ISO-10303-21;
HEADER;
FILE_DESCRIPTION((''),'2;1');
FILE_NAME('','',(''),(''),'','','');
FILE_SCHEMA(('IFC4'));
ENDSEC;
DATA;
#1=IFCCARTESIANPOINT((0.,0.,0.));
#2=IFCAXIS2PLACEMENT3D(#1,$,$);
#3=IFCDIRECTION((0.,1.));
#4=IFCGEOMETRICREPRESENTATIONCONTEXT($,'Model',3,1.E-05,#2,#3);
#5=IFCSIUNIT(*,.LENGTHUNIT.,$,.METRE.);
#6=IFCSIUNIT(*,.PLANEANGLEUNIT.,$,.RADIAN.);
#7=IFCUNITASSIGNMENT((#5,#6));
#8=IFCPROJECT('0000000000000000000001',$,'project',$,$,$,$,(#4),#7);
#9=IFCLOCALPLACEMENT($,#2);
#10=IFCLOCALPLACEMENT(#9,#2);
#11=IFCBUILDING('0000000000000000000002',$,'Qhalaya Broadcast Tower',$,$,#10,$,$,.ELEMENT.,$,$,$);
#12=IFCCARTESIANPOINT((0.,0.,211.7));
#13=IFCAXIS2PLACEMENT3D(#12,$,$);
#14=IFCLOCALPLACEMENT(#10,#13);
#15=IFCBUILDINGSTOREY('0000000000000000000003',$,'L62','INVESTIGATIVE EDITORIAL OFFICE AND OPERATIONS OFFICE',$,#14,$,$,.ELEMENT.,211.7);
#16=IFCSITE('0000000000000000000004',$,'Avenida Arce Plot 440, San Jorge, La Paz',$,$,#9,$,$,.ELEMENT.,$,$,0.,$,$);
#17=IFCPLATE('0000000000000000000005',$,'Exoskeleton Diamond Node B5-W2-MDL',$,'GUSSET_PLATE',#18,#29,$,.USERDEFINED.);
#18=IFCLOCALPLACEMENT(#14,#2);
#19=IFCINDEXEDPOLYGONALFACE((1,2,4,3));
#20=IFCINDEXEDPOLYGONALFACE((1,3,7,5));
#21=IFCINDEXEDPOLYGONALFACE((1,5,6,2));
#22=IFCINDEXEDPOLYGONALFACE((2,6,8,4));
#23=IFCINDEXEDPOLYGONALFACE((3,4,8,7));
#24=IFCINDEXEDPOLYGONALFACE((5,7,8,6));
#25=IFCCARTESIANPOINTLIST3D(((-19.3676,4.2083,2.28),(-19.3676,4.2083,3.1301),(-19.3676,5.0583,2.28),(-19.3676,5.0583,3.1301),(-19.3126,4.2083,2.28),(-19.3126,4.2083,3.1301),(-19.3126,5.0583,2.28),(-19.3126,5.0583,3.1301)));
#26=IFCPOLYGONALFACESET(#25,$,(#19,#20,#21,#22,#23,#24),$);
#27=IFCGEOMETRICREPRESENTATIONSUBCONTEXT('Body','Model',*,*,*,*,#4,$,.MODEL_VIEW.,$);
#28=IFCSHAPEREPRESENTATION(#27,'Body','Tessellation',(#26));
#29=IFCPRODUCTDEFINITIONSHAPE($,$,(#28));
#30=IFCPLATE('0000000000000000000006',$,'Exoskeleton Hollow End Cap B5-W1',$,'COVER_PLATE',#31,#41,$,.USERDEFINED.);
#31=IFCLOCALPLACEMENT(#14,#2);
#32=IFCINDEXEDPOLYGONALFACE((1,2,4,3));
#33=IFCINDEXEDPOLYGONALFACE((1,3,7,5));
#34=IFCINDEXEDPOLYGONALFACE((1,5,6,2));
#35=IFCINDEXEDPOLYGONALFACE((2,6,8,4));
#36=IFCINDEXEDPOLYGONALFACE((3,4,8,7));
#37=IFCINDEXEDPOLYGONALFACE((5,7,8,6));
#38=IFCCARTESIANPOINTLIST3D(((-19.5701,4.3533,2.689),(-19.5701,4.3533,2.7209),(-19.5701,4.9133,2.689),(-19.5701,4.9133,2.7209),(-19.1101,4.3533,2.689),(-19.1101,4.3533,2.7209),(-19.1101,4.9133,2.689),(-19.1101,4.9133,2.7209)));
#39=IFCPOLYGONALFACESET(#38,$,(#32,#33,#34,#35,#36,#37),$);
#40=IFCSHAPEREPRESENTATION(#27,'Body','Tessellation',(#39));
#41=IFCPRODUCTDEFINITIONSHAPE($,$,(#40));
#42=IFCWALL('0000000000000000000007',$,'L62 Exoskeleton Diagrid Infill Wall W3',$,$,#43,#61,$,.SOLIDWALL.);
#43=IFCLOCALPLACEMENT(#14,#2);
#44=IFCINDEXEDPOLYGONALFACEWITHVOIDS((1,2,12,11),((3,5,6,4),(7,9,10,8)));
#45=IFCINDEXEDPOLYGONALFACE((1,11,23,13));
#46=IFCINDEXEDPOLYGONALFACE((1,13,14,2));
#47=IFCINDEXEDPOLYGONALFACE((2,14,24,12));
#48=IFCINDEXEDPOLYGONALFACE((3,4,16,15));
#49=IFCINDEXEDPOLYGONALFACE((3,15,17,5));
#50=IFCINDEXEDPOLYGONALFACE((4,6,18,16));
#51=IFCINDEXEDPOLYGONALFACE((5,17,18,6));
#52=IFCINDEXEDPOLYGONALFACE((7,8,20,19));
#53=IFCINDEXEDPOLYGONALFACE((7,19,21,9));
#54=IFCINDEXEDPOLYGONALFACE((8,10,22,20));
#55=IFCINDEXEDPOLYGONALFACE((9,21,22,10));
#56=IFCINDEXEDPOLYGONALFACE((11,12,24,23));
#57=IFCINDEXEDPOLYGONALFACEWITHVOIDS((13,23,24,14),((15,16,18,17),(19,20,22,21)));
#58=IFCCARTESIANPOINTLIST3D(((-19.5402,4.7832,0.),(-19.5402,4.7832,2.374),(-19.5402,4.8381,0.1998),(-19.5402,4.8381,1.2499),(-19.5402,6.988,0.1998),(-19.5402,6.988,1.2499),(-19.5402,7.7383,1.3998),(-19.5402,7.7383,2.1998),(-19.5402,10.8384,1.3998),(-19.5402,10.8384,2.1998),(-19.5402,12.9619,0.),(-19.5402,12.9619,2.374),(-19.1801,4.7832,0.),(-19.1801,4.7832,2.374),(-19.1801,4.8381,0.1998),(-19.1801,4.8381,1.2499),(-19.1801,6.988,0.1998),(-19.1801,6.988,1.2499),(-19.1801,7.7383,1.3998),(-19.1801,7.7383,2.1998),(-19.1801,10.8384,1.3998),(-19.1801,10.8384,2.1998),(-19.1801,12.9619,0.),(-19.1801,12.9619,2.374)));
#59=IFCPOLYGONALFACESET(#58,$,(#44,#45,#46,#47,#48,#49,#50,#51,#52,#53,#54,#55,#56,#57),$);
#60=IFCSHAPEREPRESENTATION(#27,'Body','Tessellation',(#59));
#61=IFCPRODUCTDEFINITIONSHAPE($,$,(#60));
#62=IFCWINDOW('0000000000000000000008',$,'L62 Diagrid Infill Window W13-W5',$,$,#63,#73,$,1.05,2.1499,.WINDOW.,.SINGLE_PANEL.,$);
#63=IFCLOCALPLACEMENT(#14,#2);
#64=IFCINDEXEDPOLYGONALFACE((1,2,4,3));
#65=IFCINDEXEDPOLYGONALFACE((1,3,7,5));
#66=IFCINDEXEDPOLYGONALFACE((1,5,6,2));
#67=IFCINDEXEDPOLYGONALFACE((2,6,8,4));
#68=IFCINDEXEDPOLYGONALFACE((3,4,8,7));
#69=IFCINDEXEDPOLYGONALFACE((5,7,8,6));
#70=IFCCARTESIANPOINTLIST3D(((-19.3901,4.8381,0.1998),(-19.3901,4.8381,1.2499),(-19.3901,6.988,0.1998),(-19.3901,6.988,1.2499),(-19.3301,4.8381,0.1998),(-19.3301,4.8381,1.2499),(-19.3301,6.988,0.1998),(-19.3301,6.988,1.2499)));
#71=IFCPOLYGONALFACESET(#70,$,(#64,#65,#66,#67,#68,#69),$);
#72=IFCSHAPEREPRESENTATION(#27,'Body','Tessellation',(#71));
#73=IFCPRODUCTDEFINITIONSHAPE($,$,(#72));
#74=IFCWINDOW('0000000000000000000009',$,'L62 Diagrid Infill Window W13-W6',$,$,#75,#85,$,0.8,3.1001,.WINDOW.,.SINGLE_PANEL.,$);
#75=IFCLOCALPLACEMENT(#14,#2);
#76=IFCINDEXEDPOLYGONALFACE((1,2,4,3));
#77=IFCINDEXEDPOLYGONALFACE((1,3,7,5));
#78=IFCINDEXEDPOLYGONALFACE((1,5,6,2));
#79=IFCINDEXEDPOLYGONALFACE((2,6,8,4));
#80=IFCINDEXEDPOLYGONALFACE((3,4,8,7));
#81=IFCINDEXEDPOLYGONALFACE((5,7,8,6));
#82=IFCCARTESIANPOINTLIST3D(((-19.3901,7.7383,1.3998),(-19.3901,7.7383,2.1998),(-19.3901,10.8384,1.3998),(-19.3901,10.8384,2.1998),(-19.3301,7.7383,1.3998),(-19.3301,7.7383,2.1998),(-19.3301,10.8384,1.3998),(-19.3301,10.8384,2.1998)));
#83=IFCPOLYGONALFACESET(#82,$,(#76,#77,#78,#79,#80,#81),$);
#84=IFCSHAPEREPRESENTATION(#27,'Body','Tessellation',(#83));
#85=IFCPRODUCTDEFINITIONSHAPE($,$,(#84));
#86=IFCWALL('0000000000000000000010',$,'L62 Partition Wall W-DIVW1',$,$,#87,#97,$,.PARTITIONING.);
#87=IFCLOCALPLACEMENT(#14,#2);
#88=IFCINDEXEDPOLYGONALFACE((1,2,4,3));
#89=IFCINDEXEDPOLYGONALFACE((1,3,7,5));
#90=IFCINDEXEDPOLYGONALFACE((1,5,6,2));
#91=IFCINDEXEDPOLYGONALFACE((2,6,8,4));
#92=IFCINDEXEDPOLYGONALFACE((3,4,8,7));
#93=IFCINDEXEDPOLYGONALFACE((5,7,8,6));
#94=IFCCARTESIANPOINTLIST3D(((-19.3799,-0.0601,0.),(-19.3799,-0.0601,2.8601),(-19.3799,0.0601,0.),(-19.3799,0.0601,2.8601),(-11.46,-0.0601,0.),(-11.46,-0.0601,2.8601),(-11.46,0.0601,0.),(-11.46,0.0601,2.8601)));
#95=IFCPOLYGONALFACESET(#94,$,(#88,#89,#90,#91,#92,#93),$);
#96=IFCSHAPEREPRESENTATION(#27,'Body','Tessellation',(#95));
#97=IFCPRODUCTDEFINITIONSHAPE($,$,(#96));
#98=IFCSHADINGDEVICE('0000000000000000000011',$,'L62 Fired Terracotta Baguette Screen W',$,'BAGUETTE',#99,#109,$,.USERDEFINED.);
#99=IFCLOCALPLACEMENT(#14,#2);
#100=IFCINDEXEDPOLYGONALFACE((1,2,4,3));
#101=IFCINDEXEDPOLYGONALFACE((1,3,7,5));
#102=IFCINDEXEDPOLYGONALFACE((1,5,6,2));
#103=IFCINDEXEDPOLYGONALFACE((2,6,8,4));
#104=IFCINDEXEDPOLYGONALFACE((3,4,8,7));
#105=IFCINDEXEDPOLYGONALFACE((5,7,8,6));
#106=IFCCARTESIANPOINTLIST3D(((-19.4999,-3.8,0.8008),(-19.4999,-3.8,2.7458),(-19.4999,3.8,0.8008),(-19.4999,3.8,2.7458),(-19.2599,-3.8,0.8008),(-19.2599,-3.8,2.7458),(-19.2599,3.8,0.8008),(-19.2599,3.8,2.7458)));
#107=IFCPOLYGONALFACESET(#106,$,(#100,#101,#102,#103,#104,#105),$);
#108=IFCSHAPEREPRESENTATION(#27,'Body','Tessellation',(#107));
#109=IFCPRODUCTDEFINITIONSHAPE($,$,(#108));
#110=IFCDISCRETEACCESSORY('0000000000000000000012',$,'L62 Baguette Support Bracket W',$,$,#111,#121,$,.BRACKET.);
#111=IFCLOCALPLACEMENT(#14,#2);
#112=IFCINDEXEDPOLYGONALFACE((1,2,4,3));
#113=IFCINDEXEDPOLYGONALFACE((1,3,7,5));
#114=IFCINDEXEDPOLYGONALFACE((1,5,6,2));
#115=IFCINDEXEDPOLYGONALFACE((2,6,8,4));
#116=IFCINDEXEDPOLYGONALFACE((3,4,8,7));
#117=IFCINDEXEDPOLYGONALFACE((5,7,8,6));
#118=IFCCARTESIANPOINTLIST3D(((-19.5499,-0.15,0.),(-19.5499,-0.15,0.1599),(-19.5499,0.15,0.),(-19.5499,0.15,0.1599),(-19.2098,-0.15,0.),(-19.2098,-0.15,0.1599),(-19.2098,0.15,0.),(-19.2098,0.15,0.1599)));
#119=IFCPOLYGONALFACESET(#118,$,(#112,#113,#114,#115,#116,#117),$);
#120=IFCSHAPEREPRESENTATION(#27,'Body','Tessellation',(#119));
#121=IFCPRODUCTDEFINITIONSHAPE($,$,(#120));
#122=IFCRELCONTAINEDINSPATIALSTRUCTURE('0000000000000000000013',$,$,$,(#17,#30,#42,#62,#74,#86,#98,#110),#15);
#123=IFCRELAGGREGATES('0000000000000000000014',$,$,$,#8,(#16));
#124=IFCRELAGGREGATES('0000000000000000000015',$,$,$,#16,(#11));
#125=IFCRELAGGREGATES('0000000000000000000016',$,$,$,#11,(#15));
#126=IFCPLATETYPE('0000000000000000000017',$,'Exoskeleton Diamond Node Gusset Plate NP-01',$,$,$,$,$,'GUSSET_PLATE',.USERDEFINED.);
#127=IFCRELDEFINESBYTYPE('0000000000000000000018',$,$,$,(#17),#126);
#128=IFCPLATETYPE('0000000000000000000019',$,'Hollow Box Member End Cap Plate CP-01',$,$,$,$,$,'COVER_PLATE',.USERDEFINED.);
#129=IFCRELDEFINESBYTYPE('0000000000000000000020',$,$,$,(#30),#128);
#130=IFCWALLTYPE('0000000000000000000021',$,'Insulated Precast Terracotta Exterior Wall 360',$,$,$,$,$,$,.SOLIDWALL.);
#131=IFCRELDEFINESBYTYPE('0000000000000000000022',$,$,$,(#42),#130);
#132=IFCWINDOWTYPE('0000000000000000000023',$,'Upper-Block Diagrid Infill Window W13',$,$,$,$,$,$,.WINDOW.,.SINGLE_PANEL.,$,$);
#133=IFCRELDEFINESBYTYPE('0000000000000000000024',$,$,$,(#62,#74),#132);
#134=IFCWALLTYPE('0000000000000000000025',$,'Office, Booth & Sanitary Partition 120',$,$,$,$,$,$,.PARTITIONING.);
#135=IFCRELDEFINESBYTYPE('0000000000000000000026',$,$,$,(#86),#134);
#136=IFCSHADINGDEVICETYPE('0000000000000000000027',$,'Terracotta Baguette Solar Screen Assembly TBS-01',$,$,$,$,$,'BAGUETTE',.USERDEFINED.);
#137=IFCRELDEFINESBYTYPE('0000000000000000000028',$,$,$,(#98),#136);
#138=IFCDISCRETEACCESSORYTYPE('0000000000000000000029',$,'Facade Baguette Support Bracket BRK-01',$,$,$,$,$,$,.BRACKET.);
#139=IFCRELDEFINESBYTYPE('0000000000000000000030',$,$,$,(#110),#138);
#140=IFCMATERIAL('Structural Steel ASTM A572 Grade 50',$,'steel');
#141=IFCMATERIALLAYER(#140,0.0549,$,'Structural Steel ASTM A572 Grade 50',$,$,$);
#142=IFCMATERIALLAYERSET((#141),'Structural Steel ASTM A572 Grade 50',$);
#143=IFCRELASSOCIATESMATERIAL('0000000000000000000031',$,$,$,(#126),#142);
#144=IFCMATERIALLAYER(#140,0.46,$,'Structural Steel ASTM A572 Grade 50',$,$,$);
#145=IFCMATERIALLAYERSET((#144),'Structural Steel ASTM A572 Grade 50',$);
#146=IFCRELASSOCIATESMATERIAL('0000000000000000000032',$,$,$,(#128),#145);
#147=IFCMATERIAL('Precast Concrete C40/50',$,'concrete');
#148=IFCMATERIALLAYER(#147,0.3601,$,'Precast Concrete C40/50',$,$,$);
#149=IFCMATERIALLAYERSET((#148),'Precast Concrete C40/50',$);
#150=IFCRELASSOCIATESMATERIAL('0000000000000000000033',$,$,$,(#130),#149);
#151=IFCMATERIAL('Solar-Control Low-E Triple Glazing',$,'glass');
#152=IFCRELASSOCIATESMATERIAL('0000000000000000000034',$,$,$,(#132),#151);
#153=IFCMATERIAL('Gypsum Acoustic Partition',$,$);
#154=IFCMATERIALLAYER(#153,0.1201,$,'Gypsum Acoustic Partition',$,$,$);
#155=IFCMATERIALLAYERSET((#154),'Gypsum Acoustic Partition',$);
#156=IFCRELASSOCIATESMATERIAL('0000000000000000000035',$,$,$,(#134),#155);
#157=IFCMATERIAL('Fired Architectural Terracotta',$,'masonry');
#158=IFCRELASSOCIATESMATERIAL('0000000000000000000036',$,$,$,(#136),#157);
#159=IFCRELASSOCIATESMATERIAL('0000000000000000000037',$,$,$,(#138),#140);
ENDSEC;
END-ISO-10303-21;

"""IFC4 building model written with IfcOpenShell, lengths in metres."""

from ifc_helpers import new_model, si_unit, direction, frame, frame_2d, origin, origin_2d, place, context, subcontext, project, spatial, rectangle, extrude, material, layer, layer_set, type_object, element, fill, save


model = new_model("IFC4")

# Units and contexts
model_context = context("Model", 3, precision=1e-05, world=origin(), true_north=direction((0.0, 1.0)))
body_context = subcontext(model_context, "Body", "Model", "MODEL_VIEW")
ifc_project = project(units=[si_unit("LENGTHUNIT", "METRE"), si_unit("PLANEANGLEUNIT", "RADIAN")], contexts=[model_context])

# Site, building, storey
site_placement = place(None, origin())
site = spatial("IfcSite", under=ifc_project, at=site_placement, Name="Avenida Arce Plot 440, San Jorge, La Paz", CompositionType="ELEMENT", RefElevation=0.0)
building_placement = place(site_placement, origin())
building = spatial("IfcBuilding", under=site, at=building_placement, Name="Qhalaya Broadcast Tower", CompositionType="ELEMENT")
storey_placement = place(building_placement, frame((0.0, 0.0, 211.7)))
storey = spatial("IfcBuildingStorey", under=building, at=storey_placement, Name="L62", Description="INVESTIGATIVE EDITORIAL OFFICE AND OPERATIONS OFFICE", CompositionType="ELEMENT", Elevation=211.7)

# Shared definitions
ifc_material_1 = material(Name="Structural Steel ASTM A572 Grade 50", Category="steel")

# Plates
ifc_layer_1 = layer(ifc_material_1, 0.0549, Name="Structural Steel ASTM A572 Grade 50")
ifc_layer_set_1 = layer_set([ifc_layer_1], Name="Structural Steel ASTM A572 Grade 50")
plate_type_1 = type_object("IfcPlateType", Name="Exoskeleton Diamond Node Gusset Plate NP-01", ElementType="GUSSET_PLATE", PredefinedType="USERDEFINED", material=ifc_layer_set_1)
plate_1_placement = place(storey_placement, frame((-19.3401, 4.6333, 2.28), z_axis=(0.0, 0.0, 1.0), x_axis=(0.0, 1.0, 0.0)))
element("IfcPlate", 1, at=plate_1_placement, inside=storey, type_object=plate_type_1, Name="Exoskeleton Diamond Node B5-W2-MDL", ObjectType="GUSSET_PLATE", PredefinedType="USERDEFINED", context=body_context, shape_type="SweptSolid", body=[
    extrude(rectangle(XDim=0.8501, YDim=0.0549, at=origin_2d()), origin(), (0.0, 0.0, 1.0), 0.8501),
])
ifc_layer_2 = layer(ifc_material_1, 0.46, Name="Structural Steel ASTM A572 Grade 50")
ifc_layer_set_2 = layer_set([ifc_layer_2], Name="Structural Steel ASTM A572 Grade 50")
plate_type_2 = type_object("IfcPlateType", Name="Hollow Box Member End Cap Plate CP-01", ElementType="COVER_PLATE", PredefinedType="USERDEFINED", material=ifc_layer_set_2)
plate_2_placement = place(storey_placement, frame((-19.3401, 4.6333, 2.689), z_axis=(0.0, 0.0, 1.0), x_axis=(0.0, 1.0, 0.0)))
element("IfcPlate", 2, at=plate_2_placement, inside=storey, type_object=plate_type_2, Name="Exoskeleton Hollow End Cap B5-W1", ObjectType="COVER_PLATE", PredefinedType="USERDEFINED", context=body_context, shape_type="SweptSolid", body=[
    extrude(rectangle(XDim=0.5601, YDim=0.46, at=origin_2d()), origin(), (0.0, 0.0, 1.0), 0.032),
])

# Wall, openings, windows
ifc_material_2 = material(Name="Precast Concrete C40/50", Category="concrete")
ifc_layer_3 = layer(ifc_material_2, 0.3601, Name="Precast Concrete C40/50")
ifc_layer_set_3 = layer_set([ifc_layer_3], Name="Precast Concrete C40/50")
wall_type_1 = type_object("IfcWallType", Name="Insulated Precast Terracotta Exterior Wall 360", PredefinedType="SOLIDWALL", material=ifc_layer_set_3)
wall_1_placement = place(storey_placement, frame((-19.3601, 4.7832, 0.0), z_axis=(0.0, 0.0, 1.0), x_axis=(0.0, 1.0, 0.0)))
wall_1 = element("IfcWall", 3, at=wall_1_placement, inside=storey, type_object=wall_type_1, Name="L62 Exoskeleton Diagrid Infill Wall W3", PredefinedType="SOLIDWALL", context=body_context, shape_type="SweptSolid", body=[
    extrude(rectangle(XDim=8.1787, YDim=0.3601, at=frame_2d((4.0894, 0.0))), origin(), (0.0, 0.0, 1.0), 2.374),
])
opening_1_placement = place(wall_1_placement, frame((0.0549, 0.0, 0.2)))
opening_1 = element("IfcOpeningElement", 4, at=opening_1_placement, cuts=wall_1, PredefinedType="OPENING", context=body_context, shape_type="SweptSolid", body=[
    extrude(rectangle(XDim=2.1499, YDim=1.05, at=frame_2d((1.075, 0.5249))), frame((0.0, 0.1921, 0.0), z_axis=(0.0, -1.0, 0.0), x_axis=(1.0, 0.0, 0.0)), (0.0, 0.0, 1.0), 0.384),
])
opening_2_placement = place(wall_1_placement, frame((2.9551, 0.0, 1.3999)))
opening_2 = element("IfcOpeningElement", 5, at=opening_2_placement, cuts=wall_1, PredefinedType="OPENING", context=body_context, shape_type="SweptSolid", body=[
    extrude(rectangle(XDim=3.1001, YDim=0.8, at=frame_2d((1.55, 0.3999))), frame((0.0, 0.1921, 0.0), z_axis=(0.0, -1.0, 0.0), x_axis=(1.0, 0.0, 0.0)), (0.0, 0.0, 1.0), 0.384),
])
ifc_material_3 = material(Name="Solar-Control Low-E Triple Glazing", Category="glass")
window_type = type_object("IfcWindowType", Name="Upper-Block Diagrid Infill Window W13", PartitioningType="SINGLE_PANEL", PredefinedType="WINDOW", material=ifc_material_3)
window_1_placement = place(opening_1_placement, origin())
window_1 = element("IfcWindow", 6, at=window_1_placement, inside=storey, type_object=window_type, Name="L62 Diagrid Infill Window W13-W5", OverallHeight=1.05, OverallWidth=2.1499, PartitioningType="SINGLE_PANEL", PredefinedType="WINDOW", context=body_context, shape_type="SweptSolid", body=[
    extrude(rectangle(XDim=2.1499, YDim=1.05, at=frame_2d((1.075, 0.5249))), frame((0.0, 0.03, 0.0), z_axis=(0.0, -1.0, 0.0), x_axis=(1.0, 0.0, 0.0)), (0.0, 0.0, 1.0), 0.0601),
])
fill(opening_1, window_1)
window_2_placement = place(opening_2_placement, origin())
window_2 = element("IfcWindow", 7, at=window_2_placement, inside=storey, type_object=window_type, Name="L62 Diagrid Infill Window W13-W6", OverallHeight=0.8, OverallWidth=3.1001, PartitioningType="SINGLE_PANEL", PredefinedType="WINDOW", context=body_context, shape_type="SweptSolid", body=[
    extrude(rectangle(XDim=3.1001, YDim=0.8, at=frame_2d((1.55, 0.3999))), frame((0.0, 0.03, 0.0), z_axis=(0.0, -1.0, 0.0), x_axis=(1.0, 0.0, 0.0)), (0.0, 0.0, 1.0), 0.0601),
])
fill(opening_2, window_2)

# Wall
ifc_material_4 = material(Name="Gypsum Acoustic Partition")
ifc_layer_4 = layer(ifc_material_4, 0.1201, Name="Gypsum Acoustic Partition")
ifc_layer_set_4 = layer_set([ifc_layer_4], Name="Gypsum Acoustic Partition")
wall_type_2 = type_object("IfcWallType", Name="Office, Booth & Sanitary Partition 120", PredefinedType="PARTITIONING", material=ifc_layer_set_4)
wall_2_placement = place(storey_placement, frame((-19.3799, 0.0, 0.0), z_axis=(0.0, 0.0, 1.0), x_axis=(1.0, 0.0, 0.0)))
element("IfcWall", 8, at=wall_2_placement, inside=storey, type_object=wall_type_2, Name="L62 Partition Wall W-DIVW1", PredefinedType="PARTITIONING", context=body_context, shape_type="SweptSolid", body=[
    extrude(rectangle(XDim=7.9199, YDim=0.1201, at=frame_2d((3.96, 0.0))), origin(), (0.0, 0.0, 1.0), 2.8601),
])

# Shading device
ifc_material_5 = material(Name="Fired Architectural Terracotta", Category="masonry")
shading_device_type = type_object("IfcShadingDeviceType", Name="Terracotta Baguette Solar Screen Assembly TBS-01", ElementType="BAGUETTE", PredefinedType="USERDEFINED", material=ifc_material_5)
shading_device_placement = place(storey_placement, frame((-19.3799, 0.0, 0.8008), z_axis=(0.0, 0.0, 1.0), x_axis=(0.0, -1.0, 0.0)))
element("IfcShadingDevice", 9, at=shading_device_placement, inside=storey, type_object=shading_device_type, Name="L62 Fired Terracotta Baguette Screen W", ObjectType="BAGUETTE", PredefinedType="USERDEFINED", context=body_context, shape_type="SweptSolid", body=[
    extrude(rectangle(XDim=7.6001, YDim=0.24, at=origin_2d()), origin(), (0.0, 0.0, 1.0), 1.9451),
])

# Discrete accessory
discrete_accessory_type = type_object("IfcDiscreteAccessoryType", Name="Facade Baguette Support Bracket BRK-01", PredefinedType="BRACKET", material=ifc_material_1)
discrete_accessory_placement = place(storey_placement, frame((-19.3799, 0.0, 0.0), z_axis=(0.0, 0.0, 1.0), x_axis=(0.0, -1.0, 0.0)))
element("IfcDiscreteAccessory", 10, at=discrete_accessory_placement, inside=storey, type_object=discrete_accessory_type, Name="L62 Baguette Support Bracket W", PredefinedType="BRACKET", context=body_context, shape_type="SweptSolid", body=[
    extrude(rectangle(XDim=0.3, YDim=0.3401, at=origin_2d()), origin(), (0.0, 0.0, 1.0), 0.1599),
])

save(model, "model.ifc")
